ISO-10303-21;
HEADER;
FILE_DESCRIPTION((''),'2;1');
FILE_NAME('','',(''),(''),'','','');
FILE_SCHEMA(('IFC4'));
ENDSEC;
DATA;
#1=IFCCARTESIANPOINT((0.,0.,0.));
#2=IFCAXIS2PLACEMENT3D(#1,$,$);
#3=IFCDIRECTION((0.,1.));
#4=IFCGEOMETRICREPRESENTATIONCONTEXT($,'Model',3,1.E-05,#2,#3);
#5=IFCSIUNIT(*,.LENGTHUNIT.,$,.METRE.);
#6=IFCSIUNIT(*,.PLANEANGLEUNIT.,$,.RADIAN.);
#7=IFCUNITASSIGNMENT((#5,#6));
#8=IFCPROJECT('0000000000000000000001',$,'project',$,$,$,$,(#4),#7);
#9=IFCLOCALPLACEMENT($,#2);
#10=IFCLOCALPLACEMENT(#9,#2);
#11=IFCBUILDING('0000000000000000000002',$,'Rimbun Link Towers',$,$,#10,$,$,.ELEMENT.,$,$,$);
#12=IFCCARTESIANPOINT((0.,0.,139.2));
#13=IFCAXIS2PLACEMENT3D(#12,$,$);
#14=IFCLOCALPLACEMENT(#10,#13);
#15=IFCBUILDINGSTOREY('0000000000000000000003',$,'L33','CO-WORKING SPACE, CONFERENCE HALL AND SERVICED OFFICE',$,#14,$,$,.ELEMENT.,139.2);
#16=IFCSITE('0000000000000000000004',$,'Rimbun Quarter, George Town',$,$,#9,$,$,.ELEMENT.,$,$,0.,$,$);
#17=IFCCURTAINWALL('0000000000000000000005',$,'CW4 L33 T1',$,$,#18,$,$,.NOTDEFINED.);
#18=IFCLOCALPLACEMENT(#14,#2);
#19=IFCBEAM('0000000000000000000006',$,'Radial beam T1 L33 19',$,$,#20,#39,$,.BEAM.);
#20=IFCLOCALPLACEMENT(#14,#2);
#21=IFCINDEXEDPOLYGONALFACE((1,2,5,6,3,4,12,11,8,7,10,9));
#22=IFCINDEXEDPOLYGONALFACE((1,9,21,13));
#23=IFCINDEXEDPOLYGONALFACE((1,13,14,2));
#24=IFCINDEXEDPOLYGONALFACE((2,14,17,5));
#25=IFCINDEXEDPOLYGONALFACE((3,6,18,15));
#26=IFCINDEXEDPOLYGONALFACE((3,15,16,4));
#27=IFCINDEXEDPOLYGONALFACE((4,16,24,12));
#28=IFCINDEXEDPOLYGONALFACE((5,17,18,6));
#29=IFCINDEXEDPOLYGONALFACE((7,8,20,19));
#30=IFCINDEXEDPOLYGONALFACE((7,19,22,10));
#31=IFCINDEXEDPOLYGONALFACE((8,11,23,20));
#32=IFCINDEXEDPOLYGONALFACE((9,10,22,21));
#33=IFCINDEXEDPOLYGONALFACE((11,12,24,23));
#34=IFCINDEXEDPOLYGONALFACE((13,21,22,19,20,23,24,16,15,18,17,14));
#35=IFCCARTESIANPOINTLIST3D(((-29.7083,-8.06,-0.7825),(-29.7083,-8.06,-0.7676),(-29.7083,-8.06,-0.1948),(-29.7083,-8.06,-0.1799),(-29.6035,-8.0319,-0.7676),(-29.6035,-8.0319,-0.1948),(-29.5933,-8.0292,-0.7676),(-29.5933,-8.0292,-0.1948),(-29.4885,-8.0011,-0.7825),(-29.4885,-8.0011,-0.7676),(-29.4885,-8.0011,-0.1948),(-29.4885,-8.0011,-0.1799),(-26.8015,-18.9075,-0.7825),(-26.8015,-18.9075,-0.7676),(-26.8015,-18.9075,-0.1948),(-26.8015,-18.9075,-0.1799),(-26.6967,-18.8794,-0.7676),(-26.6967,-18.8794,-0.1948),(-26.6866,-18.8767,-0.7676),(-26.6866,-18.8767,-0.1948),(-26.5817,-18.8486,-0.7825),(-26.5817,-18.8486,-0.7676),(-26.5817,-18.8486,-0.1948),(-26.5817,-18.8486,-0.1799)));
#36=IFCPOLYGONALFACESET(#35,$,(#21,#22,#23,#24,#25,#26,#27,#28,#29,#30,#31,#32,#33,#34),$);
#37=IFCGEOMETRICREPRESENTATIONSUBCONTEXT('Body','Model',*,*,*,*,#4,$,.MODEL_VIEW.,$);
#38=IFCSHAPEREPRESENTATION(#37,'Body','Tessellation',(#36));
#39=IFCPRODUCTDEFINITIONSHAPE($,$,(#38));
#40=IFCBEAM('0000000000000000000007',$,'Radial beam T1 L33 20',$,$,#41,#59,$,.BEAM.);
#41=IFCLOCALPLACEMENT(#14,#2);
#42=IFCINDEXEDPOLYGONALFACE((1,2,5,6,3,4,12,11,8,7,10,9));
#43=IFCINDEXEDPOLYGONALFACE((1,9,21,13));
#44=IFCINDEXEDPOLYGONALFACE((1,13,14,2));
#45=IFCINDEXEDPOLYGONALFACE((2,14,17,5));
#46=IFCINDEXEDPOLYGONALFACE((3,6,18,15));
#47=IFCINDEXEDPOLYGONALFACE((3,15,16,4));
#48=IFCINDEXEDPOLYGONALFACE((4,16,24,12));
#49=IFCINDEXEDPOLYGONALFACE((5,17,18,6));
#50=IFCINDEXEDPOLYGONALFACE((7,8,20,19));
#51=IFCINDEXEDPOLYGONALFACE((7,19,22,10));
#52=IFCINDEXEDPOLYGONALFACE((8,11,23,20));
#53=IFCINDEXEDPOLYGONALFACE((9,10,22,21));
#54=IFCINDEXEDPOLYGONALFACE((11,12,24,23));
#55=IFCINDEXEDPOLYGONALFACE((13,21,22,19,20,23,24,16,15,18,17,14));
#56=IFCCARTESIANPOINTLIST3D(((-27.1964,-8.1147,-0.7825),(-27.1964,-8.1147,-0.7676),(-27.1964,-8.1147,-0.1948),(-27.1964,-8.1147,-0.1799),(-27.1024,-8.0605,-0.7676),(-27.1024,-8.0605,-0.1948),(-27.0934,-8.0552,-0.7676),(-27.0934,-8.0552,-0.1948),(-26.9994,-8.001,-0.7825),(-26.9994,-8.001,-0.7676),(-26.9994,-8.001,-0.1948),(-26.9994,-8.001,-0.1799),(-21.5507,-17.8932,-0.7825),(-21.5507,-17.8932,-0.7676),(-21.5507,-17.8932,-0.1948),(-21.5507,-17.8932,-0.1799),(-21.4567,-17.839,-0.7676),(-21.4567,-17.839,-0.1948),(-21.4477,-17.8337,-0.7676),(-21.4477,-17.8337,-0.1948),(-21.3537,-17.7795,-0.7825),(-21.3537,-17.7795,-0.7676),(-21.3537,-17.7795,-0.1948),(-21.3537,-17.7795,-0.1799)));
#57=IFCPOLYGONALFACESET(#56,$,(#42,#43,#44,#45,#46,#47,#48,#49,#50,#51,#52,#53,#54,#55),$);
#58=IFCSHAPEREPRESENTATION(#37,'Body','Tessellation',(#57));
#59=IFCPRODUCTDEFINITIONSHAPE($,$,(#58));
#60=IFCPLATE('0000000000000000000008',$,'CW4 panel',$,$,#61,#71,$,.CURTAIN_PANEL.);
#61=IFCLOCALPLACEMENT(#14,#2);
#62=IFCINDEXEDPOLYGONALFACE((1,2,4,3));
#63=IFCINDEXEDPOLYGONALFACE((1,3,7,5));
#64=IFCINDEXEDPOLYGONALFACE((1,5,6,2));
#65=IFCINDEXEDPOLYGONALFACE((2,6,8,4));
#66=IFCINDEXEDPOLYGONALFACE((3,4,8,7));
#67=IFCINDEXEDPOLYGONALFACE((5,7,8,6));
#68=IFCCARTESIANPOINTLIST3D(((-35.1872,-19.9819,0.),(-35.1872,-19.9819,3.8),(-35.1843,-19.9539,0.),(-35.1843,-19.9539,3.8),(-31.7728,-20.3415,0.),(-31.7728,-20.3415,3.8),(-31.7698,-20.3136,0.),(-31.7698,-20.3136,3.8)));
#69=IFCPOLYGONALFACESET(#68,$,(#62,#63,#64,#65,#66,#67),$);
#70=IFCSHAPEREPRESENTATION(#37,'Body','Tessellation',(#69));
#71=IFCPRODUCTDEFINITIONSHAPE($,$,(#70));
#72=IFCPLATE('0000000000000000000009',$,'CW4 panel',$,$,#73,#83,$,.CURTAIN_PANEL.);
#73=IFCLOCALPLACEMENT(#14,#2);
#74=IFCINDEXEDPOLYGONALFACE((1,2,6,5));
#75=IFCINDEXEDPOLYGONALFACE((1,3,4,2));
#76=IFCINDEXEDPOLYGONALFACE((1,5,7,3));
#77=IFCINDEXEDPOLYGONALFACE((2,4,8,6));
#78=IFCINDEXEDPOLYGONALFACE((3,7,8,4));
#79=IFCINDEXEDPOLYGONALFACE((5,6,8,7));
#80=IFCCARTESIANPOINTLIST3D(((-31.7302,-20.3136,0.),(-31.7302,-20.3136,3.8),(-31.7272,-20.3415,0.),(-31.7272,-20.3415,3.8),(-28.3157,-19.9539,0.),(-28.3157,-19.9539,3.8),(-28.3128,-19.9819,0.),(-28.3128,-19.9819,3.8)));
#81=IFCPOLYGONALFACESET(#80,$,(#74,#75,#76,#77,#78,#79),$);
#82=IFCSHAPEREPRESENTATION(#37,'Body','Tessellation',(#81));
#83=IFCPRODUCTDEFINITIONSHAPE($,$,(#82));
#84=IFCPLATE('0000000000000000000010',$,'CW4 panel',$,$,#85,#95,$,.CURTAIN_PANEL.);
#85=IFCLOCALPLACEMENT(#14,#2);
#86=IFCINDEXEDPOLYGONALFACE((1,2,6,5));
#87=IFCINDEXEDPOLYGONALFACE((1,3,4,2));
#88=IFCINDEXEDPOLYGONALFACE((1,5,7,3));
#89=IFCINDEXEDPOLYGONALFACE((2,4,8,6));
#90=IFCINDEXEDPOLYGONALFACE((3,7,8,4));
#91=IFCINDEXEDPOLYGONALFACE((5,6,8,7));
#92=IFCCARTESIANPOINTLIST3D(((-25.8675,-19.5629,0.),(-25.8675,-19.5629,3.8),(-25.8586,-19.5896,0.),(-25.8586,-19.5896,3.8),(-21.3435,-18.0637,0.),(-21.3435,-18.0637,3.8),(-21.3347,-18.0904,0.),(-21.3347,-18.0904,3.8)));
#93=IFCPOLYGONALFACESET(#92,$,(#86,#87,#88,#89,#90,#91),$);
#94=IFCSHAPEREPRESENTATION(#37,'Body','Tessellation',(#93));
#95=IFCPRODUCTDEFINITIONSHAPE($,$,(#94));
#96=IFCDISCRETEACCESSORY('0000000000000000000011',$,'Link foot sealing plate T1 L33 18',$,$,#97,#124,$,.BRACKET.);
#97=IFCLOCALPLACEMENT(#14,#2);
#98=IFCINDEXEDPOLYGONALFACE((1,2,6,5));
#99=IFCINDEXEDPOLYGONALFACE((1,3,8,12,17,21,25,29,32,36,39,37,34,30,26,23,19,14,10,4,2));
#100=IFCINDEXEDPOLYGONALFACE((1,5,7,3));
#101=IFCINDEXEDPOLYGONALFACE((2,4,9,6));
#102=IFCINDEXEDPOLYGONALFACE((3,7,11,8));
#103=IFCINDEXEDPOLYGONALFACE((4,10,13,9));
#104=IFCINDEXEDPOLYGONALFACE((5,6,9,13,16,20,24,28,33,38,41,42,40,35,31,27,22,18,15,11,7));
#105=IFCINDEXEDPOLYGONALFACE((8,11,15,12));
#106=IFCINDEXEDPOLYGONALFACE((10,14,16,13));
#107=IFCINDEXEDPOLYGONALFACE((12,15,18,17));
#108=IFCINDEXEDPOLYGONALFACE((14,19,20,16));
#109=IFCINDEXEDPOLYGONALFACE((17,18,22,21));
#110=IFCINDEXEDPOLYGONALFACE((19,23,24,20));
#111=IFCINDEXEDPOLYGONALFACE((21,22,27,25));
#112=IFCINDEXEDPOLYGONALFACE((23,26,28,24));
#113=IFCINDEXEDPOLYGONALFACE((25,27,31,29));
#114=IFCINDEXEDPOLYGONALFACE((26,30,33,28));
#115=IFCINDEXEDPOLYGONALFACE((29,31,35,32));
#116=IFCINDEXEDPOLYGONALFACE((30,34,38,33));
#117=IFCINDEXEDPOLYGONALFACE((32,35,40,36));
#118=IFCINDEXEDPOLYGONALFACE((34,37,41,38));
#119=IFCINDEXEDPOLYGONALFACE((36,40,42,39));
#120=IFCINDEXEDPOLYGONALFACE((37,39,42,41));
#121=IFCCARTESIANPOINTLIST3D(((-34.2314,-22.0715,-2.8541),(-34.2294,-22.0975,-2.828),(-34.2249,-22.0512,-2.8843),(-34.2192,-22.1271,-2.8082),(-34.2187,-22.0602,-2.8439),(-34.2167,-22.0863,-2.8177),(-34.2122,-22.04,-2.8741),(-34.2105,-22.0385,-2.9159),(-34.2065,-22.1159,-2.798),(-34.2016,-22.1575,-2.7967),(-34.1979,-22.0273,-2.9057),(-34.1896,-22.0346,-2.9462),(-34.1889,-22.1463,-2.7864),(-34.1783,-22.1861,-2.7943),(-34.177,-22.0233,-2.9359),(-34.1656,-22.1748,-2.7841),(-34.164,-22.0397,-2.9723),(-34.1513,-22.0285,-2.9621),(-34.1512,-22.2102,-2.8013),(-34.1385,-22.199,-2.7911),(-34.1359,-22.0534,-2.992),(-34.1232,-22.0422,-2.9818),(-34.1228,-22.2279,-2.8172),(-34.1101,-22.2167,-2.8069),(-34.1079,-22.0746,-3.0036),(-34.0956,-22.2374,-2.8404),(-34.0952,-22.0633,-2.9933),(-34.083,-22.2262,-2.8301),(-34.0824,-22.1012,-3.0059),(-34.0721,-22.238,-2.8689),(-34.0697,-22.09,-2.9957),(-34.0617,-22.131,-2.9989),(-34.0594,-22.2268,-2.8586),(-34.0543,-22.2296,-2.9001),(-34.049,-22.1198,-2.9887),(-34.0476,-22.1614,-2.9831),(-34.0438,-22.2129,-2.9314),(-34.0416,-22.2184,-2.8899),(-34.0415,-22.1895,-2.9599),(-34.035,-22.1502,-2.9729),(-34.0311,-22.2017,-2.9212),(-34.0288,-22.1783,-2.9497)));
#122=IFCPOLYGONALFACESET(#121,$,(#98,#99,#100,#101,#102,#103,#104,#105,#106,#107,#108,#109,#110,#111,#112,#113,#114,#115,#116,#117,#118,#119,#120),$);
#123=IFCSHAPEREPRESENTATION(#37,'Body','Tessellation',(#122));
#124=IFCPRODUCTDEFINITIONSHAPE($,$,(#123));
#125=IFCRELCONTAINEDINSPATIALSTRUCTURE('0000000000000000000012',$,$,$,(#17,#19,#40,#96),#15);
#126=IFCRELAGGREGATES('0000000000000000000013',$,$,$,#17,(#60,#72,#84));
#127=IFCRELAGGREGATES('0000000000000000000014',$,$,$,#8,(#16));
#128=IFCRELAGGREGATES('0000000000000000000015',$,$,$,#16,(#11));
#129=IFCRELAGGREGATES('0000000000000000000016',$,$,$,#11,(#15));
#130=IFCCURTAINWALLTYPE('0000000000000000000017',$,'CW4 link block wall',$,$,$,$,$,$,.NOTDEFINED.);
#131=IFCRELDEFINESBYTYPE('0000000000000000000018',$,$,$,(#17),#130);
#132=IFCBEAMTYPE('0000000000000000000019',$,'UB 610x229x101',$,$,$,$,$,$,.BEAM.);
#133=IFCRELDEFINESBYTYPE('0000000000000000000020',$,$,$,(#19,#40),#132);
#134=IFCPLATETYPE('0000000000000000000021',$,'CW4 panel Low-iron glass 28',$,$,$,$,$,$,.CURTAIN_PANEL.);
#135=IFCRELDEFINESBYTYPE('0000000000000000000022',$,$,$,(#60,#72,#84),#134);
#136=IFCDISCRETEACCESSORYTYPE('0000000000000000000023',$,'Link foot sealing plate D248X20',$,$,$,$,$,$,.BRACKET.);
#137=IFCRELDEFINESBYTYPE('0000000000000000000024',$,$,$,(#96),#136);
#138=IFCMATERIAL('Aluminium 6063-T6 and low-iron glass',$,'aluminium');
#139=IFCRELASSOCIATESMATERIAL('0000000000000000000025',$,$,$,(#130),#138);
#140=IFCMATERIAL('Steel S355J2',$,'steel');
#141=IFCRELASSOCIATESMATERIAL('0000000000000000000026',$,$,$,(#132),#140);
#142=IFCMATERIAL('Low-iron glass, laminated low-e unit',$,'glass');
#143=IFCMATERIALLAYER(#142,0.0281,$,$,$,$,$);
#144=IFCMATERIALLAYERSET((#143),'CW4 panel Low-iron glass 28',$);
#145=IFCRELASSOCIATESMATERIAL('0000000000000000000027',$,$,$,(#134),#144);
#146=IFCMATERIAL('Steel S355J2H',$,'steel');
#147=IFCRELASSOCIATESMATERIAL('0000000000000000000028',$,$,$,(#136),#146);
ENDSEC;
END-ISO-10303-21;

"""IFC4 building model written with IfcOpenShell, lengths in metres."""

from ifc_helpers import new_model, si_unit, direction, frame, origin, origin_2d, place, context, subcontext, project, spatial, rectangle, circle, i_section, extrude, material, layer, layer_set, material_profile, profile_set, type_object, element, aggregate, save


model = new_model("IFC4")

# Units and contexts
model_context = context("Model", 3, precision=1e-05, world=origin(), true_north=direction((0.0, 1.0)))
body_context = subcontext(model_context, "Body", "Model", "MODEL_VIEW")
ifc_project = project(units=[si_unit("LENGTHUNIT", "METRE"), si_unit("PLANEANGLEUNIT", "RADIAN")], contexts=[model_context])

# Site, building, storey
site_placement = place(None, origin())
site = spatial("IfcSite", under=ifc_project, at=site_placement, Name="Rimbun Quarter, George Town", CompositionType="ELEMENT", RefElevation=0.0)
building_placement = place(site_placement, origin())
building = spatial("IfcBuilding", under=site, at=building_placement, Name="Rimbun Link Towers", CompositionType="ELEMENT")
storey_placement = place(building_placement, frame((0.0, 0.0, 139.2)))
storey = spatial("IfcBuildingStorey", under=building, at=storey_placement, Name="L33", Description="CO-WORKING SPACE, CONFERENCE HALL AND SERVICED OFFICE", CompositionType="ELEMENT", Elevation=139.2)

# Curtain wall
ifc_material_1 = material(Name="Aluminium 6063-T6 and low-iron glass", Category="aluminium")
curtain_wall_type = type_object("IfcCurtainWallType", Name="CW4 link block wall", PredefinedType="NOTDEFINED", material=ifc_material_1)
curtain_wall_placement = place(storey_placement, origin())
curtain_wall = element("IfcCurtainWall", 1, at=curtain_wall_placement, inside=storey, type_object=curtain_wall_type, Name="CW4 L33 T1", PredefinedType="NOTDEFINED")

# Beams
ifc_material_2 = material(Name="Steel S355J2", Category="steel")
ifc_material_profile_1 = material_profile(ifc_material_2, i_section(OverallWidth=0.2275, OverallDepth=0.6025, WebThickness=0.0105, FlangeThickness=0.0149, at=origin_2d()), Name="UB 610x229x101")
ifc_profile_set_1 = profile_set([ifc_material_profile_1], Name="Steel S355J2")
beam_type_1 = type_object("IfcBeamType", Name="UB 610x229x101", PredefinedType="BEAM", material=ifc_profile_set_1)
for number, where, z_axis, x_axis, name in (
    (2, (-29.5984, -8.0305, -0.4812), (0.258834, -0.965922, 0.0), (0.965922, 0.258834, 0.0), "Radial beam T1 L33 19"),
):
    element("IfcBeam", number, at=place(storey_placement, frame(where, z_axis=z_axis, x_axis=x_axis)), inside=storey, type_object=beam_type_1, Name=name, PredefinedType="BEAM", context=body_context, shape_type="SweptSolid", body=[
        extrude(i_section(OverallWidth=0.2275, OverallDepth=0.6025, WebThickness=0.0105, FlangeThickness=0.0149, at=origin_2d()), origin(), (0.0, 0.0, 1.0), 11.2302),
    ])
beam_1_placement = place(storey_placement, frame((-27.0979, -8.0579, -0.4812), z_axis=(0.500006, -0.866022, 0.0), x_axis=(0.866022, 0.500006, 0.0)))
element("IfcBeam", 3, at=beam_1_placement, inside=storey, type_object=beam_type_1, Name="Radial beam T1 L33 20", PredefinedType="BEAM", context=body_context, shape_type="SweptSolid", body=[
    extrude(i_section(OverallWidth=0.2275, OverallDepth=0.6025, WebThickness=0.0105, FlangeThickness=0.0149, at=origin_2d()), origin(), (0.0, 0.0, 1.0), 11.2913),
])

# Plates
ifc_material_3 = material(Name="Low-iron glass, laminated low-e unit", Category="glass")
ifc_layer = layer(ifc_material_3, 0.0281)
ifc_layer_set = layer_set([ifc_layer], Name="CW4 panel Low-iron glass 28")
plate_type = type_object("IfcPlateType", Name="CW4 panel Low-iron glass 28", PredefinedType="CURTAIN_PANEL", material=ifc_layer_set)
plate_1_placement = place(storey_placement, frame((-33.4785, -20.1477, 0.0), z_axis=(0.0, 0.0, 1.0), x_axis=(-0.994499, 0.104745, 0.0)))
plate_1 = element("IfcPlate", 4, at=plate_1_placement, type_object=plate_type, Name="CW4 panel", PredefinedType="CURTAIN_PANEL", context=body_context, shape_type="SweptSolid", body=[
    extrude(rectangle(XDim=3.4333, YDim=0.0281, at=origin_2d()), origin(), (0.0, 0.0, 1.0), 3.8),
])
plate_2_placement = place(storey_placement, frame((-30.0215, -20.1477, 0.0), z_axis=(0.0, 0.0, 1.0), x_axis=(-0.994499, -0.104745, 0.0)))
plate_2 = element("IfcPlate", 5, at=plate_2_placement, type_object=plate_type, Name="CW4 panel", PredefinedType="CURTAIN_PANEL", context=body_context, shape_type="SweptSolid", body=[
    extrude(rectangle(XDim=3.4333, YDim=0.0281, at=origin_2d()), origin(), (0.0, 0.0, 1.0), 3.8),
])
plate_3_placement = place(storey_placement, frame((-23.6011, -18.8267, 0.0), z_axis=(0.0, 0.0, 1.0), x_axis=(-0.949235, -0.314568, 0.0)))
plate_3 = element("IfcPlate", 6, at=plate_3_placement, type_object=plate_type, Name="CW4 panel", PredefinedType="CURTAIN_PANEL", context=body_context, shape_type="SweptSolid", body=[
    extrude(rectangle(XDim=4.7659, YDim=0.0281, at=origin_2d()), origin(), (0.0, 0.0, 1.0), 3.8),
])
aggregate(curtain_wall, [plate_1, plate_2, plate_3])

# Discrete accessory
ifc_material_4 = material(Name="Steel S355J2H", Category="steel")
ifc_material_profile_2 = material_profile(ifc_material_4, circle(Radius=0.124, at=origin_2d()), Name="PL D248")
ifc_profile_set_2 = profile_set([ifc_material_profile_2], Name="Steel S355J2H")
discrete_accessory_type = type_object("IfcDiscreteAccessoryType", Name="Link foot sealing plate D248X20", PredefinedType="BRACKET", material=ifc_profile_set_2)
discrete_accessory_placement = place(storey_placement, frame((-34.1238, -22.1255, -2.8899), z_axis=(-0.640853, -0.566908, -0.517612), x_axis=(0.662574, -0.748997, 0.0)))
element("IfcDiscreteAccessory", 7, at=discrete_accessory_placement, inside=storey, type_object=discrete_accessory_type, Name="Link foot sealing plate T1 L33 18", PredefinedType="BRACKET", context=body_context, shape_type="SweptSolid", body=[
    extrude(circle(Radius=0.124, at=origin_2d()), origin(), (0.0, 0.0, 1.0), 0.0198),
])

save(model, "model.ifc")
